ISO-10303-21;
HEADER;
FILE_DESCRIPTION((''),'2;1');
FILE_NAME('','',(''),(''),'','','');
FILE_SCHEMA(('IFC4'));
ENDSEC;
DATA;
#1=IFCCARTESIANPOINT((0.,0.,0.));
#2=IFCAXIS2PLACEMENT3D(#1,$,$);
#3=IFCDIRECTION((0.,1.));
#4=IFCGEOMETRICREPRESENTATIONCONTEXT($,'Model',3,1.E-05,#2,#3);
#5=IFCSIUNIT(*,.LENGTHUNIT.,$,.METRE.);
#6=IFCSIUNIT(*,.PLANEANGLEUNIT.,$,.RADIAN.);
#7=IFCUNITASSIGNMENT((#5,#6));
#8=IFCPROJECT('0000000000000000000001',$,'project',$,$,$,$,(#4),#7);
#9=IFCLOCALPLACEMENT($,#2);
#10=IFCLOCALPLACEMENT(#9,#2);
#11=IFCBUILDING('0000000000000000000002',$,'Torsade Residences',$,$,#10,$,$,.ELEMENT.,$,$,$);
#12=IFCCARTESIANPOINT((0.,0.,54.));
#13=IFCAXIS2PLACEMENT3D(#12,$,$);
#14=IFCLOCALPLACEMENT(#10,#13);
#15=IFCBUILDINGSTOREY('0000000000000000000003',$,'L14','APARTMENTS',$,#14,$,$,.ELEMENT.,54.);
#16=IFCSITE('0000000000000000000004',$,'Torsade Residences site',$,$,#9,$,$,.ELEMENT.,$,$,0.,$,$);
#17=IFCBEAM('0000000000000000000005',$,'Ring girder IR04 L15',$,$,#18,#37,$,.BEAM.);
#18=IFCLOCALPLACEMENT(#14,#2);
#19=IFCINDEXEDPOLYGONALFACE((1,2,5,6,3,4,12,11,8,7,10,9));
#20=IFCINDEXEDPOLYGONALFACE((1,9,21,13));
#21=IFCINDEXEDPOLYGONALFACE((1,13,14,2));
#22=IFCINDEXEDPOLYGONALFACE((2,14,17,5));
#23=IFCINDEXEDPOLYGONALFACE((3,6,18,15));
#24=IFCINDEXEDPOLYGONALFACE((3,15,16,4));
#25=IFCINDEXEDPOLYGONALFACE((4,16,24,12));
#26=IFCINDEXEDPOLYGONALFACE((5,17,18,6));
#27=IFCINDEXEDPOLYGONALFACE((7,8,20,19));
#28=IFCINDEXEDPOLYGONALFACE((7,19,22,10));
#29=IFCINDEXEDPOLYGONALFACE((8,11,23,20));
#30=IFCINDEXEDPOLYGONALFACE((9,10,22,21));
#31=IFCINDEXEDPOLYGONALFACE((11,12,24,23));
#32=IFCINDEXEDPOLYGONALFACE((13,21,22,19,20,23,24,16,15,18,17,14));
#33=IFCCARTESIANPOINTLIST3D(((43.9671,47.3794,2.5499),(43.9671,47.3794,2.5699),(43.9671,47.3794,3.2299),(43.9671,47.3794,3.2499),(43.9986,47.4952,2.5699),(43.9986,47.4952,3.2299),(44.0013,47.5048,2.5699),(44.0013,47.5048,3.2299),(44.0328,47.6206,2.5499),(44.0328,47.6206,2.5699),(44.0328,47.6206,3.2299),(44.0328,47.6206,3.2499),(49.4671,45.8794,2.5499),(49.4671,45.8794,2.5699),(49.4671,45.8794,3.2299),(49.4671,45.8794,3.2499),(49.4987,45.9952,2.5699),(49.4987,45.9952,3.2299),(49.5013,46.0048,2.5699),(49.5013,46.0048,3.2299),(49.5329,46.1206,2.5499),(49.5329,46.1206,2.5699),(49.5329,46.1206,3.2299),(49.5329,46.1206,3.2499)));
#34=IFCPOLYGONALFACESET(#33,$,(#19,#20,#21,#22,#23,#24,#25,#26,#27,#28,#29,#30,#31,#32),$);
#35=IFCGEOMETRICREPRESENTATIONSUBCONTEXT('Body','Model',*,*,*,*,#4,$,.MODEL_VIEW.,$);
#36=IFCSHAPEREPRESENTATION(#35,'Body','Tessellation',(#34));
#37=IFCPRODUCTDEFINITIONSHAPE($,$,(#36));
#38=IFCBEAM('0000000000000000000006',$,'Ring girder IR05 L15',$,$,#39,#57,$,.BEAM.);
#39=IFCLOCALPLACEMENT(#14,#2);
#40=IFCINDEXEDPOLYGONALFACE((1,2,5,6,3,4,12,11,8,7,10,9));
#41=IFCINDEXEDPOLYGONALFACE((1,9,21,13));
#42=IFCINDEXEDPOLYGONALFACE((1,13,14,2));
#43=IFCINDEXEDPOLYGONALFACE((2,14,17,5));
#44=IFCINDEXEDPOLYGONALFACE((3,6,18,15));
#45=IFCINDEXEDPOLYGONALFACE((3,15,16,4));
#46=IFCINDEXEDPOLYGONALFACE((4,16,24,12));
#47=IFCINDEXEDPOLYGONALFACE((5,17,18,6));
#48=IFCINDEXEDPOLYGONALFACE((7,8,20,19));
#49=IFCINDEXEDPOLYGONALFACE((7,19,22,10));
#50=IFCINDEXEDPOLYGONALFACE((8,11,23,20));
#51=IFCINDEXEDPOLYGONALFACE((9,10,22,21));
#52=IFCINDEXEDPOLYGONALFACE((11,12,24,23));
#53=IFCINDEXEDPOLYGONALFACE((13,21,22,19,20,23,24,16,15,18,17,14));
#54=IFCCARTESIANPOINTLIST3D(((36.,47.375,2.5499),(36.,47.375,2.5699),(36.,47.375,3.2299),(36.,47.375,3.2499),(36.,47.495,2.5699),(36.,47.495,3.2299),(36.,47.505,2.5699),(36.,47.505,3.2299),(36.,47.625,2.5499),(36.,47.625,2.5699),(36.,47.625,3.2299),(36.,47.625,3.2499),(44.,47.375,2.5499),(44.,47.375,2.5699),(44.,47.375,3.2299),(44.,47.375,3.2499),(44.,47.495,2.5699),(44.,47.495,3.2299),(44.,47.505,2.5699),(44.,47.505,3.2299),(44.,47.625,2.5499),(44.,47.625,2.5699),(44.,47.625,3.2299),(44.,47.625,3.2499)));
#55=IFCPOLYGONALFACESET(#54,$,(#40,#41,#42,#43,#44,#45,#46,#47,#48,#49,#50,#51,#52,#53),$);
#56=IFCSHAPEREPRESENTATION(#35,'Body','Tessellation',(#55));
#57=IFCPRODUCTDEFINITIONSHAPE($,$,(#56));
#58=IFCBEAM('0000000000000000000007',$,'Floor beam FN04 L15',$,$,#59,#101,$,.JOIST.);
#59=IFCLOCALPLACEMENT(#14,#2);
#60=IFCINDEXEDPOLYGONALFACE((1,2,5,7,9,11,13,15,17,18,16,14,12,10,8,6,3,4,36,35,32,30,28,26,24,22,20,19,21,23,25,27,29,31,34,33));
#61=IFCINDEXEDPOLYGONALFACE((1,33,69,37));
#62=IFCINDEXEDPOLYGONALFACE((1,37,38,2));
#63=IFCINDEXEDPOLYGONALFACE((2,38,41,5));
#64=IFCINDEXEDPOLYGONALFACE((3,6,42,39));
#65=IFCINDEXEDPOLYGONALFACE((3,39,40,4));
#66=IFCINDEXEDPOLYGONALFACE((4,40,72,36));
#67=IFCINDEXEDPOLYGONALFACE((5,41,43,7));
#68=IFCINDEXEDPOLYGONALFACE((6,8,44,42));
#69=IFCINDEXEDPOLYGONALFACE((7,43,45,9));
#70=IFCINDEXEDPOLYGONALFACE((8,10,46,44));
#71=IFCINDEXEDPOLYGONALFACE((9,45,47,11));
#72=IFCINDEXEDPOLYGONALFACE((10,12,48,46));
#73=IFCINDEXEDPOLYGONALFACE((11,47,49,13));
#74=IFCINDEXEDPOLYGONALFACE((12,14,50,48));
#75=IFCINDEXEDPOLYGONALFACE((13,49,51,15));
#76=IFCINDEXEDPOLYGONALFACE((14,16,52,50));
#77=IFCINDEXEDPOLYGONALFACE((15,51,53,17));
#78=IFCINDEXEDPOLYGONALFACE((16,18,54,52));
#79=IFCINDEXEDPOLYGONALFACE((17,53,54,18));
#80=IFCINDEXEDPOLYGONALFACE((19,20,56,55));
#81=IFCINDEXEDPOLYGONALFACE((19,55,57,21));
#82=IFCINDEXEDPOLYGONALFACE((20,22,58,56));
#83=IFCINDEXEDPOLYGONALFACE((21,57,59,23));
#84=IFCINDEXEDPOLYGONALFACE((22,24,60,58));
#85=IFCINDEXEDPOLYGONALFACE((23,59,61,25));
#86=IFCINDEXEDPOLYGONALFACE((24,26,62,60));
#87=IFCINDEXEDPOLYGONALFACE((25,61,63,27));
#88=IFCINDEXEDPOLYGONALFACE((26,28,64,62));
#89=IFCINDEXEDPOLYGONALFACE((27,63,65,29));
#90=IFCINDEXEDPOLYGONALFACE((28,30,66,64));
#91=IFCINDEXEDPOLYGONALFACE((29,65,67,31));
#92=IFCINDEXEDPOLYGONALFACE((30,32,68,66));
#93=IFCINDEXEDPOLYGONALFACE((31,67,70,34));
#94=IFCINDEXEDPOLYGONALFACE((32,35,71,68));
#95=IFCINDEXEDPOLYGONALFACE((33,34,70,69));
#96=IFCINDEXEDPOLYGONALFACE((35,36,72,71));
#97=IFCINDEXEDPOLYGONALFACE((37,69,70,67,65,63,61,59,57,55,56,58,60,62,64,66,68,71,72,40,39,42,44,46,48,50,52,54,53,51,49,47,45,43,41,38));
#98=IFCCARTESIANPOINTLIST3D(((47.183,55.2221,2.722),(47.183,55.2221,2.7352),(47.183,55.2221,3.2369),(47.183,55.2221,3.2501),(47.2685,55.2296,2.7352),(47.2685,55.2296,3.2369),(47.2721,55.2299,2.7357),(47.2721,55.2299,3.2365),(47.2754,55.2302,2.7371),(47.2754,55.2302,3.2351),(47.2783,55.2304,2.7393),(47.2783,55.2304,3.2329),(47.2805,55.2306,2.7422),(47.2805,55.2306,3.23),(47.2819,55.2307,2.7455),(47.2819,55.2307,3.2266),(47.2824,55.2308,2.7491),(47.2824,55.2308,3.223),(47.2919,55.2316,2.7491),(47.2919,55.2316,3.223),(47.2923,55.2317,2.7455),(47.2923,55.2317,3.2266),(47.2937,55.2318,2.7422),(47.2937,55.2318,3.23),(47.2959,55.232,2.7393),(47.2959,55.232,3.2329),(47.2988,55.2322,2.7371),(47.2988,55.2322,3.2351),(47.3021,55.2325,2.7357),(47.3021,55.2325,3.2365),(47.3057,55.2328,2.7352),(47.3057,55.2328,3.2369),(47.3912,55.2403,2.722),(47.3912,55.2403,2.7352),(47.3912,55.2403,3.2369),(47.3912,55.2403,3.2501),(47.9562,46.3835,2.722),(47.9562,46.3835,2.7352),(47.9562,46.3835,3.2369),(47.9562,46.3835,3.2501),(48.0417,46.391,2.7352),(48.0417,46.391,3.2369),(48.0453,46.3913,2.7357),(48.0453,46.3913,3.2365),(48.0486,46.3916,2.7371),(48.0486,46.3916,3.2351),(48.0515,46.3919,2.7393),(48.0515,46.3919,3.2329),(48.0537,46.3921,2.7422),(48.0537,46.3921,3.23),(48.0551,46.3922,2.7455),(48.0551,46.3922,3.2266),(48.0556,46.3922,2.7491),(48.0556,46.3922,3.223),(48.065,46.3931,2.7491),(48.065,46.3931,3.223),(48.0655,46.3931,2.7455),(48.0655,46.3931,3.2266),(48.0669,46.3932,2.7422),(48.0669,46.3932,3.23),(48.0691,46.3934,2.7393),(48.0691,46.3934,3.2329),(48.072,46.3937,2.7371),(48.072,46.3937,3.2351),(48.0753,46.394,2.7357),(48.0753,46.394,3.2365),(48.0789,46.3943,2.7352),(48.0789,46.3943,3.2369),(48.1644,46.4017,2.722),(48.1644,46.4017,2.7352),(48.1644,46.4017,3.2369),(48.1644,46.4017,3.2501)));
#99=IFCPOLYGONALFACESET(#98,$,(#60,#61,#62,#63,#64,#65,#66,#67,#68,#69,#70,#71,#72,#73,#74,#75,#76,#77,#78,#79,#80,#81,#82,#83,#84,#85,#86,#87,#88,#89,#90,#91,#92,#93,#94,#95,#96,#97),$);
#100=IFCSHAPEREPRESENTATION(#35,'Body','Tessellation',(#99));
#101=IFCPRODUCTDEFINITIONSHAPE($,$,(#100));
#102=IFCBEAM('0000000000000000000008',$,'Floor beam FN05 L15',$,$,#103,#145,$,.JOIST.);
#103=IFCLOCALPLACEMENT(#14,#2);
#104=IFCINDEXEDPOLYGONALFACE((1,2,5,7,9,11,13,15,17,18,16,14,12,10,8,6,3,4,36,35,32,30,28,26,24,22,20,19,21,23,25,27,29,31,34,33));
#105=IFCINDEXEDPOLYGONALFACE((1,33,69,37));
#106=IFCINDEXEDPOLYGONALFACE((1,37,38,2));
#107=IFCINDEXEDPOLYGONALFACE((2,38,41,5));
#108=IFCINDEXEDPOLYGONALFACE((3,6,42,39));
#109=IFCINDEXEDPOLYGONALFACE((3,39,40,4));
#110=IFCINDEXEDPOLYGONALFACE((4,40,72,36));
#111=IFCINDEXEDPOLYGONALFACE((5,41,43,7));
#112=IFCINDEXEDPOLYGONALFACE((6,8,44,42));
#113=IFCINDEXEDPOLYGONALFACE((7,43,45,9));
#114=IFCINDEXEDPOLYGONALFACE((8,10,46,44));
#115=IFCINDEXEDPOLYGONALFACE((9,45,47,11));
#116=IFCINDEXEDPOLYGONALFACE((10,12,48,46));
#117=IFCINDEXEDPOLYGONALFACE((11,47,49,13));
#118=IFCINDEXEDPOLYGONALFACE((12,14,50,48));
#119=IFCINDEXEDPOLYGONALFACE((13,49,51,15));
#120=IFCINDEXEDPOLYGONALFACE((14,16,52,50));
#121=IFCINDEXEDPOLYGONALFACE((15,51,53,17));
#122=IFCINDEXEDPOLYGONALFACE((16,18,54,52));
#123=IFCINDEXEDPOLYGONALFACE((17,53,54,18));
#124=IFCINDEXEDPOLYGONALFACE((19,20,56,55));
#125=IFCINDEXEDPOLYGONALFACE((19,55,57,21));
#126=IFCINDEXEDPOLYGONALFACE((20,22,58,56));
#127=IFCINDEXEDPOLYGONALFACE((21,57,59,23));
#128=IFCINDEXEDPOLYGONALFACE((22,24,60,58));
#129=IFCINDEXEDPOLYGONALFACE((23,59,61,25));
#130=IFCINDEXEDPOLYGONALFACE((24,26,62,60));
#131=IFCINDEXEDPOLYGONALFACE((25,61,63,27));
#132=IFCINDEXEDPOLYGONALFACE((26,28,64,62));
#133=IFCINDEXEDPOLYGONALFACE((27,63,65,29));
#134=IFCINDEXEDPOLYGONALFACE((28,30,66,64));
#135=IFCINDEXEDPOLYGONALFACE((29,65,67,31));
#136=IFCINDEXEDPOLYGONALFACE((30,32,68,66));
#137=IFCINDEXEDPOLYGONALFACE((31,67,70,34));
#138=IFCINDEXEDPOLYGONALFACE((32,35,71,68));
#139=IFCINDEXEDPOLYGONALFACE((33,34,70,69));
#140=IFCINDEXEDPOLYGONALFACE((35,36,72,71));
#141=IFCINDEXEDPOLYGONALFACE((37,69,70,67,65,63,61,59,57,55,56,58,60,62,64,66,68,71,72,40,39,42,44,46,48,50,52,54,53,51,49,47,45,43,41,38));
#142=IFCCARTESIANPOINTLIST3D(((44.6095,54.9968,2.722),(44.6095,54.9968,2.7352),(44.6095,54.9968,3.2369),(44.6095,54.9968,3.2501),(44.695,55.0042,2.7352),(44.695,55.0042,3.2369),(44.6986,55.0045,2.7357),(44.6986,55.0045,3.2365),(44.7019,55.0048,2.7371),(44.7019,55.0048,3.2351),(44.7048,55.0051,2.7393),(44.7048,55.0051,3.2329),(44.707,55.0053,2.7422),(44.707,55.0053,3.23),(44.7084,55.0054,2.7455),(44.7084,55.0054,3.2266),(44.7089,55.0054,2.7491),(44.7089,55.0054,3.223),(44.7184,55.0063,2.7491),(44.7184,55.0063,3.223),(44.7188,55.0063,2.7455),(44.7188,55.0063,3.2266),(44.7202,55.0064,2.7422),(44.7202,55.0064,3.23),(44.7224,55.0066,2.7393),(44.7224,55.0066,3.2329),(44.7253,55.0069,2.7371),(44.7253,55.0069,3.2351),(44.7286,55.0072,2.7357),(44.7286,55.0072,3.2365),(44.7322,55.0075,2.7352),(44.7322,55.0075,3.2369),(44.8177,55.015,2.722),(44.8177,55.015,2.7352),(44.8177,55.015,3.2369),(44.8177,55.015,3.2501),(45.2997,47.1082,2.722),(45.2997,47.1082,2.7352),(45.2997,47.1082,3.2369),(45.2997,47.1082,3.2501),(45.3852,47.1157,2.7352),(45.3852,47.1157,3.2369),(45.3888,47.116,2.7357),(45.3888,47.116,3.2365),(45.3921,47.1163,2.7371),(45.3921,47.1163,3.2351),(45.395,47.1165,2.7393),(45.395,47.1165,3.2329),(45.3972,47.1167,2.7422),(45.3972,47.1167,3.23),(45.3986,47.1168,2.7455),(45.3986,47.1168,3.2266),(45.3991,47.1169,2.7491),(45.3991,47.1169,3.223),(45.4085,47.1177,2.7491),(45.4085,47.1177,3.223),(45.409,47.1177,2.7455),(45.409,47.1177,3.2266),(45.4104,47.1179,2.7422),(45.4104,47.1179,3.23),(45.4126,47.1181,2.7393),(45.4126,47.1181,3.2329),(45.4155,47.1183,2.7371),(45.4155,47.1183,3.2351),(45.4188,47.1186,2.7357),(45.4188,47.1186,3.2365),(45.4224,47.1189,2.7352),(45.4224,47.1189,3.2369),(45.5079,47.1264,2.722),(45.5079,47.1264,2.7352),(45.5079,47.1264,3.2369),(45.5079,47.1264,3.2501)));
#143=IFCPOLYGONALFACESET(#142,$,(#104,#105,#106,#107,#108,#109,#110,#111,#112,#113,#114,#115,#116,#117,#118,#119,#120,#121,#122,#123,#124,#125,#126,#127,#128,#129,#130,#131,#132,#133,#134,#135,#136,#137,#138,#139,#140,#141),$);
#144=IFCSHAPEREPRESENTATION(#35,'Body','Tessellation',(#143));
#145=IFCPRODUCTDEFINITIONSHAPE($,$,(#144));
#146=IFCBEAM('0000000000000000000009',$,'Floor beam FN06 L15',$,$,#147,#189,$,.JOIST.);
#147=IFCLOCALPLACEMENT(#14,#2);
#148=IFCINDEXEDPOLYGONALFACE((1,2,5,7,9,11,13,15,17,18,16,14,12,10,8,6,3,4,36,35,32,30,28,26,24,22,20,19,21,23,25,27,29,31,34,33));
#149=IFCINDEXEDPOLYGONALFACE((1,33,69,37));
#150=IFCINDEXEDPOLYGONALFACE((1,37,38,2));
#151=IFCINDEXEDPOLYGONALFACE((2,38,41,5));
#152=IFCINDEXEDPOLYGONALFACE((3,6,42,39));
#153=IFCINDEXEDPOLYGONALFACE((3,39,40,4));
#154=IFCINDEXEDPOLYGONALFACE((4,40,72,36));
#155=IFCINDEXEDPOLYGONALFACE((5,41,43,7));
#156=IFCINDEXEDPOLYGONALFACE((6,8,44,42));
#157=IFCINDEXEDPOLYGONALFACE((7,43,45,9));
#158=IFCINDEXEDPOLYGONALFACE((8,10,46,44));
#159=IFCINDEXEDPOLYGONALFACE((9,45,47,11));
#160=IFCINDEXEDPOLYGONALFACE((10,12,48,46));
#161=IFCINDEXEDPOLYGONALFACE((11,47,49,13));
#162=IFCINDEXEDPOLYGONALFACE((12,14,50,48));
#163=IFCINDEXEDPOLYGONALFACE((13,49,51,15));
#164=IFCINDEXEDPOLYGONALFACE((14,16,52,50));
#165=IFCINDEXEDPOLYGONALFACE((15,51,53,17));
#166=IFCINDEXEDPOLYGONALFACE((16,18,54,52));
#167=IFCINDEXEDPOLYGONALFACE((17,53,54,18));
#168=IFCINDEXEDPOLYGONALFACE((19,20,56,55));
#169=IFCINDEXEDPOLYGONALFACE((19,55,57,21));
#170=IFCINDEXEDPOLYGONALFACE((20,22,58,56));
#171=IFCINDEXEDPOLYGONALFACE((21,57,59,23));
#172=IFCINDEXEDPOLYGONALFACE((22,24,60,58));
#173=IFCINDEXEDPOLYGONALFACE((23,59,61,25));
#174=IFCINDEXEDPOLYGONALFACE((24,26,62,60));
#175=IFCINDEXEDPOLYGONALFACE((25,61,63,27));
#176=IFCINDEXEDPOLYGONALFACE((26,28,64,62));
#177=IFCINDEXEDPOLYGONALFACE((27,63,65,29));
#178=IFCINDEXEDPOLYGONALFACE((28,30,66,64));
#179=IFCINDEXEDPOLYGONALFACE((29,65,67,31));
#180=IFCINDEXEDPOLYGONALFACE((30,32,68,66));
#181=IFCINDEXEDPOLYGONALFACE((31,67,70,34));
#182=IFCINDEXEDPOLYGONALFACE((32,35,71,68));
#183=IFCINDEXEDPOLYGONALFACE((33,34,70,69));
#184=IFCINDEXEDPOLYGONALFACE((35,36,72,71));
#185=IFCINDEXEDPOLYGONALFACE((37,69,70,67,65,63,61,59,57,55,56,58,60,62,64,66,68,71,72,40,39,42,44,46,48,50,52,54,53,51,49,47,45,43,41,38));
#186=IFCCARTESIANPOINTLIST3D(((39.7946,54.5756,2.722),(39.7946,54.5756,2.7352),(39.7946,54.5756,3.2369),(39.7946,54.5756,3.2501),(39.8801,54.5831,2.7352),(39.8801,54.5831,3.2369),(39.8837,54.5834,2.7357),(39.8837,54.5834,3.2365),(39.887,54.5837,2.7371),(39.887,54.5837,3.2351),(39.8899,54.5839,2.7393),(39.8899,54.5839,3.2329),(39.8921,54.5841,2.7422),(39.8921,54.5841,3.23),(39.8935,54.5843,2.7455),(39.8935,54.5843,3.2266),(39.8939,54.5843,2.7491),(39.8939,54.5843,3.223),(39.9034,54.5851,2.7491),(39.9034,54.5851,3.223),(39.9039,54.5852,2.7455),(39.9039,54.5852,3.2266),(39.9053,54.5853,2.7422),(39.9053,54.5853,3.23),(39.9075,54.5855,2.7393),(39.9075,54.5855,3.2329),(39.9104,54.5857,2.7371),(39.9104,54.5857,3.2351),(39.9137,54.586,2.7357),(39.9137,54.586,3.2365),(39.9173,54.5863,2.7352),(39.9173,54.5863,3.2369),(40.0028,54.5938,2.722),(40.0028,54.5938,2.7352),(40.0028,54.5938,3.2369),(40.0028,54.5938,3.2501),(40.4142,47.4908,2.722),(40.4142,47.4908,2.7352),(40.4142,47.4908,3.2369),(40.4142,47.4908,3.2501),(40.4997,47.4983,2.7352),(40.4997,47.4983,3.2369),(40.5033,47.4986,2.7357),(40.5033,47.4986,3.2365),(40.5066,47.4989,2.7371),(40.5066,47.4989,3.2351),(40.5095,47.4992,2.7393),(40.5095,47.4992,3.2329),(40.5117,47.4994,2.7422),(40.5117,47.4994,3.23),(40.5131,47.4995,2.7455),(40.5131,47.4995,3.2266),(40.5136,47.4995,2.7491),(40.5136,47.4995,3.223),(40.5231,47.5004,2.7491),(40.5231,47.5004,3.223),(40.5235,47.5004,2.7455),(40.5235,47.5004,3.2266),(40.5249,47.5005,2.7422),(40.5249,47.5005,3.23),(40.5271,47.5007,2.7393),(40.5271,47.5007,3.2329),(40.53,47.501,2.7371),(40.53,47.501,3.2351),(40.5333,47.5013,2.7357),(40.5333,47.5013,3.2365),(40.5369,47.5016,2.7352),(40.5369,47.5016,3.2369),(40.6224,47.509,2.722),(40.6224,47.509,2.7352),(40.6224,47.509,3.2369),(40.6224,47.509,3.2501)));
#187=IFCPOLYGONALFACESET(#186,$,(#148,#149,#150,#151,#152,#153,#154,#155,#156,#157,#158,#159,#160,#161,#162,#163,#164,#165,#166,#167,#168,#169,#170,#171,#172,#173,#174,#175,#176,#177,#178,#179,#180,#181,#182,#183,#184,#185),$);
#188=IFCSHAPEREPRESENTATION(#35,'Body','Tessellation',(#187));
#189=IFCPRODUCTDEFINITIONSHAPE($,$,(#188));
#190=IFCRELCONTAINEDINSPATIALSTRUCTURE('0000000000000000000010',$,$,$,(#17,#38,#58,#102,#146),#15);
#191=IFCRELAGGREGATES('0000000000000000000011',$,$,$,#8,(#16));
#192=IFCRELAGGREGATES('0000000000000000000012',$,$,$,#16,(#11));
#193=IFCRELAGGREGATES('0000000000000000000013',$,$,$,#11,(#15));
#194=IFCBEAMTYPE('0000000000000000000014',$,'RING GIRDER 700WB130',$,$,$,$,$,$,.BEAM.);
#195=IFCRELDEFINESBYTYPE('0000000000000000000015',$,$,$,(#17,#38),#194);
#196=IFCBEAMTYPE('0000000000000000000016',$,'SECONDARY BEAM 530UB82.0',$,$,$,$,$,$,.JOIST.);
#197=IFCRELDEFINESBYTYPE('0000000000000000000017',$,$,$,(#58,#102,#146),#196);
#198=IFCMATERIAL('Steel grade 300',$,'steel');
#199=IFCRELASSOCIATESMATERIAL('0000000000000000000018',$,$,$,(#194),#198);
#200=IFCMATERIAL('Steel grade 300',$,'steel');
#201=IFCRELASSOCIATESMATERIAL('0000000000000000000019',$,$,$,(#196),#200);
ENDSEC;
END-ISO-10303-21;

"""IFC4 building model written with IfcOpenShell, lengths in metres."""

from ifc_helpers import new_model, si_unit, direction, frame, origin, origin_2d, place, context, subcontext, project, spatial, i_section, extrude, material, material_profile, profile_set, type_object, element, save


model = new_model("IFC4")

# Units and contexts
model_context = context("Model", 3, precision=1e-05, world=origin(), true_north=direction((0.0, 1.0)))
body_context = subcontext(model_context, "Body", "Model", "MODEL_VIEW")
ifc_project = project(units=[si_unit("LENGTHUNIT", "METRE"), si_unit("PLANEANGLEUNIT", "RADIAN")], contexts=[model_context])

# Site, building, storey
site_placement = place(None, origin())
site = spatial("IfcSite", under=ifc_project, at=site_placement, Name="Torsade Residences site", CompositionType="ELEMENT", RefElevation=0.0)
building_placement = place(site_placement, origin())
building = spatial("IfcBuilding", under=site, at=building_placement, Name="Torsade Residences", CompositionType="ELEMENT")
storey_placement = place(building_placement, frame((0.0, 0.0, 54.0)))
storey = spatial("IfcBuildingStorey", under=building, at=storey_placement, Name="L14", Description="APARTMENTS", CompositionType="ELEMENT", Elevation=54.0)

# Beams
ifc_material_1 = material(Name="Steel grade 300", Category="steel")
ifc_material_profile_1 = material_profile(ifc_material_1, i_section(OverallWidth=0.25, OverallDepth=0.7, WebThickness=0.01, FlangeThickness=0.02, at=origin_2d()), Name="700WB130")
ifc_profile_set_1 = profile_set([ifc_material_profile_1], Name="Steel grade 300")
beam_type_1 = type_object("IfcBeamType", Name="RING GIRDER 700WB130", PredefinedType="BEAM", material=ifc_profile_set_1)
beam_1_placement = place(storey_placement, frame((49.5, 46.0, 2.8999), z_axis=(-0.964764, 0.263117, 0.0), x_axis=(-0.263117, -0.964764, 0.0)))
element("IfcBeam", 1, at=beam_1_placement, inside=storey, type_object=beam_type_1, Name="Ring girder IR04 L15", PredefinedType="BEAM", context=body_context, shape_type="SweptSolid", body=[
    extrude(i_section(OverallWidth=0.25, OverallDepth=0.7, WebThickness=0.01, FlangeThickness=0.02, at=origin_2d()), origin(), (0.0, 0.0, 1.0), 5.7009),
])
beam_2_placement = place(storey_placement, frame((44.0, 47.5, 2.8999), z_axis=(-1.0, 0.0, 0.0), x_axis=(0.0, -1.0, 0.0)))
element("IfcBeam", 2, at=beam_2_placement, inside=storey, type_object=beam_type_1, Name="Ring girder IR05 L15", PredefinedType="BEAM", context=body_context, shape_type="SweptSolid", body=[
    extrude(i_section(OverallWidth=0.25, OverallDepth=0.7, WebThickness=0.01, FlangeThickness=0.02, at=origin_2d()), origin(), (0.0, 0.0, 1.0), 8.0),
])
ifc_material_2 = material(Name="Steel grade 300", Category="steel")
ifc_material_profile_2 = material_profile(ifc_material_2, i_section(OverallWidth=0.209, OverallDepth=0.5281, WebThickness=0.0095, FlangeThickness=0.0132, FilletRadius=0.0139, at=origin_2d()), Name="530UB82.0")
ifc_profile_set_2 = profile_set([ifc_material_profile_2], Name="Steel grade 300")
beam_type_2 = type_object("IfcBeamType", Name="SECONDARY BEAM 530UB82.0", PredefinedType="JOIST", material=ifc_profile_set_2)
beam_3_placement = place(storey_placement, frame((47.2871, 55.2312, 2.9861), z_axis=(0.087146, -0.996196, 0.0), x_axis=(0.996196, 0.087146, 0.0)))
element("IfcBeam", 3, at=beam_3_placement, inside=storey, type_object=beam_type_2, Name="Floor beam FN04 L15", PredefinedType="JOIST", context=body_context, shape_type="SweptSolid", body=[
    extrude(i_section(OverallWidth=0.209, OverallDepth=0.5281, WebThickness=0.0095, FlangeThickness=0.0132, FilletRadius=0.0139, at=origin_2d()), origin(), (0.0, 0.0, 1.0), 8.8723),
])
beam_4_placement = place(storey_placement, frame((44.7136, 55.0059, 2.9861), z_axis=(0.087158, -0.996195, 0.0), x_axis=(0.996195, 0.087158, 0.0)))
element("IfcBeam", 4, at=beam_4_placement, inside=storey, type_object=beam_type_2, Name="Floor beam FN05 L15", PredefinedType="JOIST", context=body_context, shape_type="SweptSolid", body=[
    extrude(i_section(OverallWidth=0.209, OverallDepth=0.5281, WebThickness=0.0095, FlangeThickness=0.0132, FilletRadius=0.0139, at=origin_2d()), origin(), (0.0, 0.0, 1.0), 7.9187),
])
beam_5_placement = place(storey_placement, frame((39.8987, 54.5847, 2.9861), z_axis=(0.087127, -0.996197, 0.0), x_axis=(0.996197, 0.087127, 0.0)))
element("IfcBeam", 5, at=beam_5_placement, inside=storey, type_object=beam_type_2, Name="Floor beam FN06 L15", PredefinedType="JOIST", context=body_context, shape_type="SweptSolid", body=[
    extrude(i_section(OverallWidth=0.209, OverallDepth=0.5281, WebThickness=0.0095, FlangeThickness=0.0132, FilletRadius=0.0139, at=origin_2d()), origin(), (0.0, 0.0, 1.0), 7.1118),
])

save(model, "model.ifc")
